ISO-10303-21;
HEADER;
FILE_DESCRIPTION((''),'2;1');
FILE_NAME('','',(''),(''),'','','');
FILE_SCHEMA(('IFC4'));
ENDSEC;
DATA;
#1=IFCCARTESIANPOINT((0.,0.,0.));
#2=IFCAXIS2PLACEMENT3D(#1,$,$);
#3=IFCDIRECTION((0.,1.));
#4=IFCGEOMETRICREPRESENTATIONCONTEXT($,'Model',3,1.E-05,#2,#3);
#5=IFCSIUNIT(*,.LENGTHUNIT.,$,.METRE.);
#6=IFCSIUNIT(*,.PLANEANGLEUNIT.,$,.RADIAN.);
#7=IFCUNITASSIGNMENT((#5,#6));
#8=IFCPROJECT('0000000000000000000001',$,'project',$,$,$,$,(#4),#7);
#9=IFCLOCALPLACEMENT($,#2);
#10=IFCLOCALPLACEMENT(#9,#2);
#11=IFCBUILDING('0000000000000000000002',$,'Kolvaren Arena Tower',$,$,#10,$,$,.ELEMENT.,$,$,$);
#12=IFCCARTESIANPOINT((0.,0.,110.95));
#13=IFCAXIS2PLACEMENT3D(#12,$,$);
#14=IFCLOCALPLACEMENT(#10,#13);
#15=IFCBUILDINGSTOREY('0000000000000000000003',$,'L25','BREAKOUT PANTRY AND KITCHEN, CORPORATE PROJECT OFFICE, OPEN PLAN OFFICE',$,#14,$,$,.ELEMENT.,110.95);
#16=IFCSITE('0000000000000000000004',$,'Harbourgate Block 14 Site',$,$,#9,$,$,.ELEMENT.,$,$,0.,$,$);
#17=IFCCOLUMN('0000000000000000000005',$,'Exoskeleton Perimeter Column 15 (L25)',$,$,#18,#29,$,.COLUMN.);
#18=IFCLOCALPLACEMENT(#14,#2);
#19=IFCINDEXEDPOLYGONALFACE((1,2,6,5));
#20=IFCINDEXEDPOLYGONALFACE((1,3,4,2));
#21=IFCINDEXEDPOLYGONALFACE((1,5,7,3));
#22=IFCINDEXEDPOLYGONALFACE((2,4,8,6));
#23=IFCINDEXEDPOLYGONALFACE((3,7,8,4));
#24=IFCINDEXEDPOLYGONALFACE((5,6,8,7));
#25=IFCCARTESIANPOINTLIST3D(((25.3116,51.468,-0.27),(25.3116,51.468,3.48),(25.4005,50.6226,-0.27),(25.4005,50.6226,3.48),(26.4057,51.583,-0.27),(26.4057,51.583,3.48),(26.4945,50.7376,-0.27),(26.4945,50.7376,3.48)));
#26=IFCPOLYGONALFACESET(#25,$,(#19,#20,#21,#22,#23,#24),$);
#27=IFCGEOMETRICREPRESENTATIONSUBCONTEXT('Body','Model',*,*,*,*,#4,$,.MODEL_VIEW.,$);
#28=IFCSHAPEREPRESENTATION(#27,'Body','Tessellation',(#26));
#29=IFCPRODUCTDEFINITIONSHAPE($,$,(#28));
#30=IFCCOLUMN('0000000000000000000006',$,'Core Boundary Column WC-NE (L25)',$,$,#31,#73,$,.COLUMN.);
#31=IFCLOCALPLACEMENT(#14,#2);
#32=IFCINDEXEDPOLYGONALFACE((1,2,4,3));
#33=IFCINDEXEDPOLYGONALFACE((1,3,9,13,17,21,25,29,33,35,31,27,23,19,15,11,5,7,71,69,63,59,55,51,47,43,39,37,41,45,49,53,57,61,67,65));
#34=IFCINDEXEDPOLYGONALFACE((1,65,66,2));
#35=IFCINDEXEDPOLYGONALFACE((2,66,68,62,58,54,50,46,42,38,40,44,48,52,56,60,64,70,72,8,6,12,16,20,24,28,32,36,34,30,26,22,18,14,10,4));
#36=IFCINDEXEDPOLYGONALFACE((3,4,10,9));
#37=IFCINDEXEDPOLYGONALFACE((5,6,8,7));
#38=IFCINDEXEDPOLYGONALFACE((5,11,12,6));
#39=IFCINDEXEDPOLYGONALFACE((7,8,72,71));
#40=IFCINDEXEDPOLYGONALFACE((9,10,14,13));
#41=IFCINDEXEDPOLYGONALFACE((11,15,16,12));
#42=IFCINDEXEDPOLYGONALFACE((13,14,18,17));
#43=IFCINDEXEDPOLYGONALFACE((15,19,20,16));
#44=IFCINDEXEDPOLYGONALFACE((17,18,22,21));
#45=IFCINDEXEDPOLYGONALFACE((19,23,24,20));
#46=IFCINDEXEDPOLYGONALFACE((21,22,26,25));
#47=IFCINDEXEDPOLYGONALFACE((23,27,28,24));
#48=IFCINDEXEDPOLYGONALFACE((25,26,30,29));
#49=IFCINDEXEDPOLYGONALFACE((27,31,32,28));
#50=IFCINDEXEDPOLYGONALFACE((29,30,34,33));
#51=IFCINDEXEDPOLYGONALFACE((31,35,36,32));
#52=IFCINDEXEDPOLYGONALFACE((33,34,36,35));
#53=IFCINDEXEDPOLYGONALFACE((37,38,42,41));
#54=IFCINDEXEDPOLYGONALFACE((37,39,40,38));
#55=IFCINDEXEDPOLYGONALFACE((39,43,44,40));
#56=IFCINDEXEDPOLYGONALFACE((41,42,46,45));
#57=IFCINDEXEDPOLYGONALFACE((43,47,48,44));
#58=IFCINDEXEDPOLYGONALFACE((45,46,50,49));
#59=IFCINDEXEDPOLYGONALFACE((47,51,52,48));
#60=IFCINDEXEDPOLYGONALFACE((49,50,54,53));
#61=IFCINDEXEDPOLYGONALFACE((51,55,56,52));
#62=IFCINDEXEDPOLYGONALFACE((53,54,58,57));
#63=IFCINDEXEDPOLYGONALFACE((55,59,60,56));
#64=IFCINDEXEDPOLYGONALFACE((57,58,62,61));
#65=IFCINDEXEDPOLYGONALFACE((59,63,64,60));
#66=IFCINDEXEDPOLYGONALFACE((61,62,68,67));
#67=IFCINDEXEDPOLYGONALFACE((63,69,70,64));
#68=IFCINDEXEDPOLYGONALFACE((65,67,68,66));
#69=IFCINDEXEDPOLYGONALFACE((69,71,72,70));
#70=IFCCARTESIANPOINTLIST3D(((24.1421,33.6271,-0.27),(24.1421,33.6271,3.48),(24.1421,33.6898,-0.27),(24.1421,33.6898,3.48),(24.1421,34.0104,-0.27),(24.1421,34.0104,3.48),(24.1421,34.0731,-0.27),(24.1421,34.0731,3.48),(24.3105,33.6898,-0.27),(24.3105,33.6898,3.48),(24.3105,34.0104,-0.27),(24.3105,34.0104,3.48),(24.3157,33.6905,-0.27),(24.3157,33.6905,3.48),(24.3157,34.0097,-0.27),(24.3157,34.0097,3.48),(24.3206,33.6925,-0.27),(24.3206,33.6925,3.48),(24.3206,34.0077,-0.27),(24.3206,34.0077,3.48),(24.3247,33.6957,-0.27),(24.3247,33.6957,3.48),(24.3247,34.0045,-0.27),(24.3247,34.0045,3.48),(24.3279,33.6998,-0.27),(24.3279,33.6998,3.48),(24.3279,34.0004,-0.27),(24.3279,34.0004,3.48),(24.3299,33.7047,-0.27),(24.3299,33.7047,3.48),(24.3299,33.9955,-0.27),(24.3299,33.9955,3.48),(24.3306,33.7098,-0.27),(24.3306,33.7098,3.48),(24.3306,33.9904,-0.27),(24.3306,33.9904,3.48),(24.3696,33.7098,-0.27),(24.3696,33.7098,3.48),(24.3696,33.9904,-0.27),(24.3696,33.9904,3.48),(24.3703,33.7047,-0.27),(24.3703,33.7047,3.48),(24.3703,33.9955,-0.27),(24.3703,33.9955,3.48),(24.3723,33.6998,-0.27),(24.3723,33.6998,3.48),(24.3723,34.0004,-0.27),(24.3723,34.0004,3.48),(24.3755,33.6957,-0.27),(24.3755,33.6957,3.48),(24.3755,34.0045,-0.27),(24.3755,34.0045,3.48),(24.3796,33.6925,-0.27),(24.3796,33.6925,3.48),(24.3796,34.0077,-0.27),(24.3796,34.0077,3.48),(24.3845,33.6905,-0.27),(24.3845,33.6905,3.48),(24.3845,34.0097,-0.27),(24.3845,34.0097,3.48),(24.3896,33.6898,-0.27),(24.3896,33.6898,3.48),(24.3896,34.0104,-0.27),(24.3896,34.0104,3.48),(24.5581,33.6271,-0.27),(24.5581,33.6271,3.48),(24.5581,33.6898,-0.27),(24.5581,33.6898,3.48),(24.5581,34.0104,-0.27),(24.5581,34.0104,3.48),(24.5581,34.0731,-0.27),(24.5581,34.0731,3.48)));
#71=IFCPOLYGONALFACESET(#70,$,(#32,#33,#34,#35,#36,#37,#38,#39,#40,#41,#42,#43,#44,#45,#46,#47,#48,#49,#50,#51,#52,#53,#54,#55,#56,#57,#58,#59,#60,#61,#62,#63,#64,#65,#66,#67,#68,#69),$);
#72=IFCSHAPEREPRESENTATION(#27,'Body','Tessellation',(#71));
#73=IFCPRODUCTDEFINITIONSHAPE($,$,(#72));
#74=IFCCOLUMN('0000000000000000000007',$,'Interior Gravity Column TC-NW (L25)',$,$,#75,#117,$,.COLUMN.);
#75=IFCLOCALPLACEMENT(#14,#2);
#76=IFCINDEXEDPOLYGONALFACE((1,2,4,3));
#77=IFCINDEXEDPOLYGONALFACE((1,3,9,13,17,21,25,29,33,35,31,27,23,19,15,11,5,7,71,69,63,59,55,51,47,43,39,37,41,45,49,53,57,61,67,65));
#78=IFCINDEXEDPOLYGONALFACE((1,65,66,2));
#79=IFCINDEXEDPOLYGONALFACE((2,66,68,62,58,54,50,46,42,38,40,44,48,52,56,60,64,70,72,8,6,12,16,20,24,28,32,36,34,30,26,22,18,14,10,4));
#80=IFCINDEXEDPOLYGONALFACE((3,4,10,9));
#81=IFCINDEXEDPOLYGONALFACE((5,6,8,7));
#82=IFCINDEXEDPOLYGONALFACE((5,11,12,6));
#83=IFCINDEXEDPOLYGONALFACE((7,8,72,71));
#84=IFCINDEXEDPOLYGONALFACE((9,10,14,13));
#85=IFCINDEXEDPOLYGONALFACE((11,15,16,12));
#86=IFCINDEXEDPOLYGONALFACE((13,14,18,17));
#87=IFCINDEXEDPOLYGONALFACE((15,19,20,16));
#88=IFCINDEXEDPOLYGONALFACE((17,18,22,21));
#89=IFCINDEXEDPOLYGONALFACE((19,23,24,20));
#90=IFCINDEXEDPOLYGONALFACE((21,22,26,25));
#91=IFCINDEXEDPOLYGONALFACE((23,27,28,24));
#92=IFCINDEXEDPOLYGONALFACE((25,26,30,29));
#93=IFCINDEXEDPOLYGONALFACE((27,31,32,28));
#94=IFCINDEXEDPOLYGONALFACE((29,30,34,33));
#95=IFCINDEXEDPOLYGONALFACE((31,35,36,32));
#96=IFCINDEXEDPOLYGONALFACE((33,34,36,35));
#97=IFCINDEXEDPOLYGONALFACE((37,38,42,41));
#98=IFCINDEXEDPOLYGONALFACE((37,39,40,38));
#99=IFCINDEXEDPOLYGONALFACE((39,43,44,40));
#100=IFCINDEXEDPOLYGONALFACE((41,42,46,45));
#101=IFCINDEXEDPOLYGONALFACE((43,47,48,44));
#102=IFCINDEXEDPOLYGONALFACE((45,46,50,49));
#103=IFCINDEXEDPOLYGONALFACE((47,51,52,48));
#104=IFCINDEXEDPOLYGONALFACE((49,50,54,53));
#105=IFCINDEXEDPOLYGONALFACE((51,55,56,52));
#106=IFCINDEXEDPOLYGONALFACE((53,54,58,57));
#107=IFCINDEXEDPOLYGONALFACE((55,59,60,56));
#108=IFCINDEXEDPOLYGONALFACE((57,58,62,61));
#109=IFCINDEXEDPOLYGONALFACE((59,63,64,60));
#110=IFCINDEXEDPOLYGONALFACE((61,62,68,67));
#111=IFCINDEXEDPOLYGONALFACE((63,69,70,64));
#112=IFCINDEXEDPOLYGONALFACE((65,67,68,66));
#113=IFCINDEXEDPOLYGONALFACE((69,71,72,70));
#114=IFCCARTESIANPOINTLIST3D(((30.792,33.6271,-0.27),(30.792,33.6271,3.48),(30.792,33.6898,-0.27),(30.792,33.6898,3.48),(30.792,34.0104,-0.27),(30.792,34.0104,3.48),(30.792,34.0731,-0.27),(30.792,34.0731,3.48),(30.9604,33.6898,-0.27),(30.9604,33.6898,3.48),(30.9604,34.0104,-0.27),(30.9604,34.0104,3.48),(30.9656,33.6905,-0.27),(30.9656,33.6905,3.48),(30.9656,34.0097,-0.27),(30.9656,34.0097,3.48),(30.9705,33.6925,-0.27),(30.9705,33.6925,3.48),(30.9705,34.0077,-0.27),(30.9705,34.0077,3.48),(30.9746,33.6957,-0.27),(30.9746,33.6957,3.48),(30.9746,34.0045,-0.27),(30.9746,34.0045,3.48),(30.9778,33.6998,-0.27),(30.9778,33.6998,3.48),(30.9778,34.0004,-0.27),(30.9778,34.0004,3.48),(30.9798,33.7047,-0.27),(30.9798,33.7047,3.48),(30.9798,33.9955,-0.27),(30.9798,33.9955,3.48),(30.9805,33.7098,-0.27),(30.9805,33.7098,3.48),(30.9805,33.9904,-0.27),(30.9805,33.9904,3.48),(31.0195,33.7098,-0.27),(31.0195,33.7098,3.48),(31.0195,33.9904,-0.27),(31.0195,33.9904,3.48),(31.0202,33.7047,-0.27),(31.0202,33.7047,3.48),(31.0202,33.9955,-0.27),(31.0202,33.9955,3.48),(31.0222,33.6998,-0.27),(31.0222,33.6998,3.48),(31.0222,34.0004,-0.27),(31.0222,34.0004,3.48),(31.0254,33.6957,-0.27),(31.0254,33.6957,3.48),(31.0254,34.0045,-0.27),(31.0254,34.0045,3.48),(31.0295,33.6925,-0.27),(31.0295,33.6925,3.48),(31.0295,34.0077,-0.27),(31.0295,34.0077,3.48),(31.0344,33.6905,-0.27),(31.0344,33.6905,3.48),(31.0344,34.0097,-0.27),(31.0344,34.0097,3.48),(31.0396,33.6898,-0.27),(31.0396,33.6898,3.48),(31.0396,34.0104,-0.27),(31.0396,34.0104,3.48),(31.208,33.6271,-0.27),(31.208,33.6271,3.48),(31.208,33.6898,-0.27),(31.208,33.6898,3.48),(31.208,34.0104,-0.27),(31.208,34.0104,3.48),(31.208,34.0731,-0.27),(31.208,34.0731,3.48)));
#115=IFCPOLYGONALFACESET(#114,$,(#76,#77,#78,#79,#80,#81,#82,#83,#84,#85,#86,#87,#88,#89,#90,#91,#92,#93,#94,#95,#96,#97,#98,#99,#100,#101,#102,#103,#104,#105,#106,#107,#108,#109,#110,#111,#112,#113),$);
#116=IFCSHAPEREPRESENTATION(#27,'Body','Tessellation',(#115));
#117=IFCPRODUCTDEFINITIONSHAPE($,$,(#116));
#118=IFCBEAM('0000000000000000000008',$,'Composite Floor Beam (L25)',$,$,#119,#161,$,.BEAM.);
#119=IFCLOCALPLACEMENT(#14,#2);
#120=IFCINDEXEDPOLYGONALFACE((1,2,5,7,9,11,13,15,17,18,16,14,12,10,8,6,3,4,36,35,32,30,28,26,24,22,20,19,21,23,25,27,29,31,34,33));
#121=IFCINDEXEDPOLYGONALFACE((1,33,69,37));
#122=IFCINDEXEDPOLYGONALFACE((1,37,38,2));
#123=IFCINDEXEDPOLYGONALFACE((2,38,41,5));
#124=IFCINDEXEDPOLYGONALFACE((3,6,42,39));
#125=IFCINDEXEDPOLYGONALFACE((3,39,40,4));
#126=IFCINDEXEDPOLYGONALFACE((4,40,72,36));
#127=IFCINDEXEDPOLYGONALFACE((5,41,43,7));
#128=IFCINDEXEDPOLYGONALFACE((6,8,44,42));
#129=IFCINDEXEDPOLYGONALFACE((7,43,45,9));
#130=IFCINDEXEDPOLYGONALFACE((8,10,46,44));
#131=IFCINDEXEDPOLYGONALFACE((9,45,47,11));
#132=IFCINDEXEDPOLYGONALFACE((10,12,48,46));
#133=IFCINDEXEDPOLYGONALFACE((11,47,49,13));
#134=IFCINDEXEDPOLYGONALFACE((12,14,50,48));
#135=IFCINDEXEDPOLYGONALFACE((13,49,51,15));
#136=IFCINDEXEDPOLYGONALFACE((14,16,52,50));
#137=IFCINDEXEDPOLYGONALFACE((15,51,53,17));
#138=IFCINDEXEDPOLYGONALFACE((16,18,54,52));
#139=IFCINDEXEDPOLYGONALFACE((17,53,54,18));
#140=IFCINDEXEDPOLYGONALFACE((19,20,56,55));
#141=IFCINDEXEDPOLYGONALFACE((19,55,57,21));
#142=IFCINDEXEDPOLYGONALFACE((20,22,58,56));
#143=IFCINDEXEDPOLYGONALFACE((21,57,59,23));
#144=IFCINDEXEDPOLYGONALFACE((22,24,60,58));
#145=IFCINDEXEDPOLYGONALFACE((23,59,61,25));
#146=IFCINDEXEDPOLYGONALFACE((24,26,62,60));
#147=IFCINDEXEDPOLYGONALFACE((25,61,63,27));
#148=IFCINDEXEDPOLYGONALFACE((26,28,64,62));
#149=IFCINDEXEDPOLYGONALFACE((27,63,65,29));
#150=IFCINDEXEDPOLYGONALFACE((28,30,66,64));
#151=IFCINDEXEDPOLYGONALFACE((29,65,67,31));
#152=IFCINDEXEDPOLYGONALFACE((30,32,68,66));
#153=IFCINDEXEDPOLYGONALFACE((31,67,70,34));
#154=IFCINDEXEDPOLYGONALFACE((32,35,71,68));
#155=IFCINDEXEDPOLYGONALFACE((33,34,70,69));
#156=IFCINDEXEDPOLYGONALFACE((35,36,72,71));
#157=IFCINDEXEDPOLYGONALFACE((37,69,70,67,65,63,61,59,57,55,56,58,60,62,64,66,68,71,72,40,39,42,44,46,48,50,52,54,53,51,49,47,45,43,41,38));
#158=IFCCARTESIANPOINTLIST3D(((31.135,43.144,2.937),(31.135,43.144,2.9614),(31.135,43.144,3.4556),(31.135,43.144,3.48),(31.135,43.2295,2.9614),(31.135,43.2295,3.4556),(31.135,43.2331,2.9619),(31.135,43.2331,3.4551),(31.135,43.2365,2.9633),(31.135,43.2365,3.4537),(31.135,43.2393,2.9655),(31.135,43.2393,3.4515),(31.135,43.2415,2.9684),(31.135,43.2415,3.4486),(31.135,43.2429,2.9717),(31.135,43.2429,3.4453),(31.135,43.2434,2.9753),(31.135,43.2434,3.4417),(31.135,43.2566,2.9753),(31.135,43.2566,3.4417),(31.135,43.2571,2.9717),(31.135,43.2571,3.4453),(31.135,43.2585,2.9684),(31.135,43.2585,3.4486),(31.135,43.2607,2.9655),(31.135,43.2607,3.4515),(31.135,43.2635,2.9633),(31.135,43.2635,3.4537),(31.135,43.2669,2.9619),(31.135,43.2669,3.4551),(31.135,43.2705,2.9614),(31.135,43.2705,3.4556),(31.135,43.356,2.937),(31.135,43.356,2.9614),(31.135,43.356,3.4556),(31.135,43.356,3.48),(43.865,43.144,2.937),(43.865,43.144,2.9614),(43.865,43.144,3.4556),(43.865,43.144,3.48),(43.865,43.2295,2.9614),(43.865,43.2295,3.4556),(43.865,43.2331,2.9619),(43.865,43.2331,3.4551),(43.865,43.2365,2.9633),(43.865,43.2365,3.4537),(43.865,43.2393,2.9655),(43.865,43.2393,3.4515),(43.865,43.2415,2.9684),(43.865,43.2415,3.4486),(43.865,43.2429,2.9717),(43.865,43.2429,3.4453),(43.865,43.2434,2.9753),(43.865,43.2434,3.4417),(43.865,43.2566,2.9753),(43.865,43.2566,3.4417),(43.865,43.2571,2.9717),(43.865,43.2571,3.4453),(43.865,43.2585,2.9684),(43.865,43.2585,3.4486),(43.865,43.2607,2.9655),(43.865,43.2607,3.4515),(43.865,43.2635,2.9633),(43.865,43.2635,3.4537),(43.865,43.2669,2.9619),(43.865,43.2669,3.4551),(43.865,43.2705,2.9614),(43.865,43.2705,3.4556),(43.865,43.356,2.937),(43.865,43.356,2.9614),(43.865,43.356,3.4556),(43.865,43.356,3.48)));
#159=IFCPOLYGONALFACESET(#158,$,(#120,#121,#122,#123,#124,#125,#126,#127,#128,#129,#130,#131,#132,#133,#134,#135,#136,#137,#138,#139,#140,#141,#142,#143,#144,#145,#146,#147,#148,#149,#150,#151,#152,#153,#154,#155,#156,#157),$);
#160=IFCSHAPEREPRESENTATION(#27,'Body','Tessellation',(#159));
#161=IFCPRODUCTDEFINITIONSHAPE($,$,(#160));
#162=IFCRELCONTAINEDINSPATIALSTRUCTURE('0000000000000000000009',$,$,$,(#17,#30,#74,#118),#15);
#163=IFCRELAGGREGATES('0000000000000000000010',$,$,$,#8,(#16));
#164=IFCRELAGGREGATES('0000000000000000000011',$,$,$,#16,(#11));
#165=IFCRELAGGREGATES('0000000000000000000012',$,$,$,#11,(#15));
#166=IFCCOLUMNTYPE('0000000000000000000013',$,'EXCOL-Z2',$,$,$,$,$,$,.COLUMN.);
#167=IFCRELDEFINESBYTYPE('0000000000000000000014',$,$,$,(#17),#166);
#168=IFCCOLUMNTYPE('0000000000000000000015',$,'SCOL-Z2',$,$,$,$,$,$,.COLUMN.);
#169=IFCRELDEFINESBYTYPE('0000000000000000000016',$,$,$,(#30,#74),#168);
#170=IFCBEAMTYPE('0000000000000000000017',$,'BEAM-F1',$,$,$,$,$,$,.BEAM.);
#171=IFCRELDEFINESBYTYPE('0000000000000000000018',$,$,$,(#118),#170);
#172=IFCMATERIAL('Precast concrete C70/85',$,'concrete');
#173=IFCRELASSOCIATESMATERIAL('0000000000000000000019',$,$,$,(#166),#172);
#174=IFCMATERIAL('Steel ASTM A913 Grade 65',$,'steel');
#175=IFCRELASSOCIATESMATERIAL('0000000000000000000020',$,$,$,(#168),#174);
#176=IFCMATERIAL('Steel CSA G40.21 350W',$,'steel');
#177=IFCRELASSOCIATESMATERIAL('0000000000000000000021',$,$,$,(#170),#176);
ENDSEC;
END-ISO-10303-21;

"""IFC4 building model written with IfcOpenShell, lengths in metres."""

from ifc_helpers import new_model, si_unit, direction, frame, origin, origin_2d, place, context, subcontext, project, spatial, rectangle, i_section, extrude, material, material_profile, profile_set, type_object, element, save


model = new_model("IFC4")

# Units and contexts
model_context = context("Model", 3, precision=1e-05, world=origin(), true_north=direction((0.0, 1.0)))
body_context = subcontext(model_context, "Body", "Model", "MODEL_VIEW")
ifc_project = project(units=[si_unit("LENGTHUNIT", "METRE"), si_unit("PLANEANGLEUNIT", "RADIAN")], contexts=[model_context])

# Site, building, storey
site_placement = place(None, origin())
site = spatial("IfcSite", under=ifc_project, at=site_placement, Name="Harbourgate Block 14 Site", CompositionType="ELEMENT", RefElevation=0.0)
building_placement = place(site_placement, origin())
building = spatial("IfcBuilding", under=site, at=building_placement, Name="Kolvaren Arena Tower", CompositionType="ELEMENT")
storey_placement = place(building_placement, frame((0.0, 0.0, 110.95)))
storey = spatial("IfcBuildingStorey", under=building, at=storey_placement, Name="L25", Description="BREAKOUT PANTRY AND KITCHEN, CORPORATE PROJECT OFFICE, OPEN PLAN OFFICE", CompositionType="ELEMENT", Elevation=110.95)

# Columns
ifc_material_1 = material(Name="Precast concrete C70/85", Category="concrete")
ifc_material_profile_1 = material_profile(ifc_material_1, rectangle(XDim=1.1001, YDim=0.8501, at=origin_2d()), Name="RC-1100x850")
ifc_profile_set_1 = profile_set([ifc_material_profile_1], Name="Precast concrete C70/85")
column_type_1 = type_object("IfcColumnType", Name="EXCOL-Z2", PredefinedType="COLUMN", material=ifc_profile_set_1)
column_placement = place(storey_placement, frame((25.9031, 51.1028, -0.27), z_axis=(0.0, 0.0, 1.0), x_axis=(0.994522, 0.104528, 0.0)))
element("IfcColumn", 1, at=column_placement, inside=storey, type_object=column_type_1, Name="Exoskeleton Perimeter Column 15 (L25)", PredefinedType="COLUMN", context=body_context, shape_type="SweptSolid", body=[
    extrude(rectangle(XDim=1.1001, YDim=0.8501, at=origin_2d()), origin(), (0.0, 0.0, 1.0), 3.75),
])
ifc_material_2 = material(Name="Steel ASTM A913 Grade 65", Category="steel")
ifc_material_profile_2 = material_profile(ifc_material_2, i_section(OverallWidth=0.416, OverallDepth=0.446, WebThickness=0.0391, FlangeThickness=0.0627, FilletRadius=0.02, at=origin_2d()), Name="W360x509")
ifc_profile_set_2 = profile_set([ifc_material_profile_2], Name="Steel ASTM A913 Grade 65")
column_type_2 = type_object("IfcColumnType", Name="SCOL-Z2", PredefinedType="COLUMN", material=ifc_profile_set_2)
for number, where, z_axis, x_axis, name in (
    (2, (24.3501, 33.8501, -0.27), (0.0, 0.0, 1.0), (1.0, 0.0, 0.0), "Core Boundary Column WC-NE (L25)"),
    (3, (31.0, 33.8501, -0.27), (0.0, 0.0, 1.0), (1.0, 0.0, 0.0), "Interior Gravity Column TC-NW (L25)"),
):
    element("IfcColumn", number, at=place(storey_placement, frame(where, z_axis=z_axis, x_axis=x_axis)), inside=storey, type_object=column_type_2, Name=name, PredefinedType="COLUMN", context=body_context, shape_type="SweptSolid", body=[
        extrude(i_section(OverallWidth=0.416, OverallDepth=0.446, WebThickness=0.0391, FlangeThickness=0.0627, FilletRadius=0.02, at=origin_2d()), origin(), (0.0, 0.0, 1.0), 3.75),
    ])

# Beam
ifc_material_3 = material(Name="Steel CSA G40.21 350W", Category="steel")
ifc_material_profile_3 = material_profile(ifc_material_3, i_section(OverallWidth=0.2119, OverallDepth=0.543, WebThickness=0.0132, FlangeThickness=0.0244, FilletRadius=0.0139, at=origin_2d()), Name="W530x150")
ifc_profile_set_3 = profile_set([ifc_material_profile_3], Name="Steel CSA G40.21 350W")
beam_type_1 = type_object("IfcBeamType", Name="BEAM-F1", PredefinedType="BEAM", material=ifc_profile_set_3)
beam_1_placement = place(storey_placement, frame((31.135, 43.25, 3.2085), z_axis=(1.0, 0.0, 0.0), x_axis=(0.0, 1.0, 0.0)))
element("IfcBeam", 4, at=beam_1_placement, inside=storey, type_object=beam_type_1, Name="Composite Floor Beam (L25)", PredefinedType="BEAM", context=body_context, shape_type="SweptSolid", body=[
    extrude(i_section(OverallWidth=0.2119, OverallDepth=0.543, WebThickness=0.0132, FlangeThickness=0.0244, FilletRadius=0.0139, at=origin_2d()), origin(), (0.0, 0.0, 1.0), 12.73),
])

save(model, "model.ifc")
